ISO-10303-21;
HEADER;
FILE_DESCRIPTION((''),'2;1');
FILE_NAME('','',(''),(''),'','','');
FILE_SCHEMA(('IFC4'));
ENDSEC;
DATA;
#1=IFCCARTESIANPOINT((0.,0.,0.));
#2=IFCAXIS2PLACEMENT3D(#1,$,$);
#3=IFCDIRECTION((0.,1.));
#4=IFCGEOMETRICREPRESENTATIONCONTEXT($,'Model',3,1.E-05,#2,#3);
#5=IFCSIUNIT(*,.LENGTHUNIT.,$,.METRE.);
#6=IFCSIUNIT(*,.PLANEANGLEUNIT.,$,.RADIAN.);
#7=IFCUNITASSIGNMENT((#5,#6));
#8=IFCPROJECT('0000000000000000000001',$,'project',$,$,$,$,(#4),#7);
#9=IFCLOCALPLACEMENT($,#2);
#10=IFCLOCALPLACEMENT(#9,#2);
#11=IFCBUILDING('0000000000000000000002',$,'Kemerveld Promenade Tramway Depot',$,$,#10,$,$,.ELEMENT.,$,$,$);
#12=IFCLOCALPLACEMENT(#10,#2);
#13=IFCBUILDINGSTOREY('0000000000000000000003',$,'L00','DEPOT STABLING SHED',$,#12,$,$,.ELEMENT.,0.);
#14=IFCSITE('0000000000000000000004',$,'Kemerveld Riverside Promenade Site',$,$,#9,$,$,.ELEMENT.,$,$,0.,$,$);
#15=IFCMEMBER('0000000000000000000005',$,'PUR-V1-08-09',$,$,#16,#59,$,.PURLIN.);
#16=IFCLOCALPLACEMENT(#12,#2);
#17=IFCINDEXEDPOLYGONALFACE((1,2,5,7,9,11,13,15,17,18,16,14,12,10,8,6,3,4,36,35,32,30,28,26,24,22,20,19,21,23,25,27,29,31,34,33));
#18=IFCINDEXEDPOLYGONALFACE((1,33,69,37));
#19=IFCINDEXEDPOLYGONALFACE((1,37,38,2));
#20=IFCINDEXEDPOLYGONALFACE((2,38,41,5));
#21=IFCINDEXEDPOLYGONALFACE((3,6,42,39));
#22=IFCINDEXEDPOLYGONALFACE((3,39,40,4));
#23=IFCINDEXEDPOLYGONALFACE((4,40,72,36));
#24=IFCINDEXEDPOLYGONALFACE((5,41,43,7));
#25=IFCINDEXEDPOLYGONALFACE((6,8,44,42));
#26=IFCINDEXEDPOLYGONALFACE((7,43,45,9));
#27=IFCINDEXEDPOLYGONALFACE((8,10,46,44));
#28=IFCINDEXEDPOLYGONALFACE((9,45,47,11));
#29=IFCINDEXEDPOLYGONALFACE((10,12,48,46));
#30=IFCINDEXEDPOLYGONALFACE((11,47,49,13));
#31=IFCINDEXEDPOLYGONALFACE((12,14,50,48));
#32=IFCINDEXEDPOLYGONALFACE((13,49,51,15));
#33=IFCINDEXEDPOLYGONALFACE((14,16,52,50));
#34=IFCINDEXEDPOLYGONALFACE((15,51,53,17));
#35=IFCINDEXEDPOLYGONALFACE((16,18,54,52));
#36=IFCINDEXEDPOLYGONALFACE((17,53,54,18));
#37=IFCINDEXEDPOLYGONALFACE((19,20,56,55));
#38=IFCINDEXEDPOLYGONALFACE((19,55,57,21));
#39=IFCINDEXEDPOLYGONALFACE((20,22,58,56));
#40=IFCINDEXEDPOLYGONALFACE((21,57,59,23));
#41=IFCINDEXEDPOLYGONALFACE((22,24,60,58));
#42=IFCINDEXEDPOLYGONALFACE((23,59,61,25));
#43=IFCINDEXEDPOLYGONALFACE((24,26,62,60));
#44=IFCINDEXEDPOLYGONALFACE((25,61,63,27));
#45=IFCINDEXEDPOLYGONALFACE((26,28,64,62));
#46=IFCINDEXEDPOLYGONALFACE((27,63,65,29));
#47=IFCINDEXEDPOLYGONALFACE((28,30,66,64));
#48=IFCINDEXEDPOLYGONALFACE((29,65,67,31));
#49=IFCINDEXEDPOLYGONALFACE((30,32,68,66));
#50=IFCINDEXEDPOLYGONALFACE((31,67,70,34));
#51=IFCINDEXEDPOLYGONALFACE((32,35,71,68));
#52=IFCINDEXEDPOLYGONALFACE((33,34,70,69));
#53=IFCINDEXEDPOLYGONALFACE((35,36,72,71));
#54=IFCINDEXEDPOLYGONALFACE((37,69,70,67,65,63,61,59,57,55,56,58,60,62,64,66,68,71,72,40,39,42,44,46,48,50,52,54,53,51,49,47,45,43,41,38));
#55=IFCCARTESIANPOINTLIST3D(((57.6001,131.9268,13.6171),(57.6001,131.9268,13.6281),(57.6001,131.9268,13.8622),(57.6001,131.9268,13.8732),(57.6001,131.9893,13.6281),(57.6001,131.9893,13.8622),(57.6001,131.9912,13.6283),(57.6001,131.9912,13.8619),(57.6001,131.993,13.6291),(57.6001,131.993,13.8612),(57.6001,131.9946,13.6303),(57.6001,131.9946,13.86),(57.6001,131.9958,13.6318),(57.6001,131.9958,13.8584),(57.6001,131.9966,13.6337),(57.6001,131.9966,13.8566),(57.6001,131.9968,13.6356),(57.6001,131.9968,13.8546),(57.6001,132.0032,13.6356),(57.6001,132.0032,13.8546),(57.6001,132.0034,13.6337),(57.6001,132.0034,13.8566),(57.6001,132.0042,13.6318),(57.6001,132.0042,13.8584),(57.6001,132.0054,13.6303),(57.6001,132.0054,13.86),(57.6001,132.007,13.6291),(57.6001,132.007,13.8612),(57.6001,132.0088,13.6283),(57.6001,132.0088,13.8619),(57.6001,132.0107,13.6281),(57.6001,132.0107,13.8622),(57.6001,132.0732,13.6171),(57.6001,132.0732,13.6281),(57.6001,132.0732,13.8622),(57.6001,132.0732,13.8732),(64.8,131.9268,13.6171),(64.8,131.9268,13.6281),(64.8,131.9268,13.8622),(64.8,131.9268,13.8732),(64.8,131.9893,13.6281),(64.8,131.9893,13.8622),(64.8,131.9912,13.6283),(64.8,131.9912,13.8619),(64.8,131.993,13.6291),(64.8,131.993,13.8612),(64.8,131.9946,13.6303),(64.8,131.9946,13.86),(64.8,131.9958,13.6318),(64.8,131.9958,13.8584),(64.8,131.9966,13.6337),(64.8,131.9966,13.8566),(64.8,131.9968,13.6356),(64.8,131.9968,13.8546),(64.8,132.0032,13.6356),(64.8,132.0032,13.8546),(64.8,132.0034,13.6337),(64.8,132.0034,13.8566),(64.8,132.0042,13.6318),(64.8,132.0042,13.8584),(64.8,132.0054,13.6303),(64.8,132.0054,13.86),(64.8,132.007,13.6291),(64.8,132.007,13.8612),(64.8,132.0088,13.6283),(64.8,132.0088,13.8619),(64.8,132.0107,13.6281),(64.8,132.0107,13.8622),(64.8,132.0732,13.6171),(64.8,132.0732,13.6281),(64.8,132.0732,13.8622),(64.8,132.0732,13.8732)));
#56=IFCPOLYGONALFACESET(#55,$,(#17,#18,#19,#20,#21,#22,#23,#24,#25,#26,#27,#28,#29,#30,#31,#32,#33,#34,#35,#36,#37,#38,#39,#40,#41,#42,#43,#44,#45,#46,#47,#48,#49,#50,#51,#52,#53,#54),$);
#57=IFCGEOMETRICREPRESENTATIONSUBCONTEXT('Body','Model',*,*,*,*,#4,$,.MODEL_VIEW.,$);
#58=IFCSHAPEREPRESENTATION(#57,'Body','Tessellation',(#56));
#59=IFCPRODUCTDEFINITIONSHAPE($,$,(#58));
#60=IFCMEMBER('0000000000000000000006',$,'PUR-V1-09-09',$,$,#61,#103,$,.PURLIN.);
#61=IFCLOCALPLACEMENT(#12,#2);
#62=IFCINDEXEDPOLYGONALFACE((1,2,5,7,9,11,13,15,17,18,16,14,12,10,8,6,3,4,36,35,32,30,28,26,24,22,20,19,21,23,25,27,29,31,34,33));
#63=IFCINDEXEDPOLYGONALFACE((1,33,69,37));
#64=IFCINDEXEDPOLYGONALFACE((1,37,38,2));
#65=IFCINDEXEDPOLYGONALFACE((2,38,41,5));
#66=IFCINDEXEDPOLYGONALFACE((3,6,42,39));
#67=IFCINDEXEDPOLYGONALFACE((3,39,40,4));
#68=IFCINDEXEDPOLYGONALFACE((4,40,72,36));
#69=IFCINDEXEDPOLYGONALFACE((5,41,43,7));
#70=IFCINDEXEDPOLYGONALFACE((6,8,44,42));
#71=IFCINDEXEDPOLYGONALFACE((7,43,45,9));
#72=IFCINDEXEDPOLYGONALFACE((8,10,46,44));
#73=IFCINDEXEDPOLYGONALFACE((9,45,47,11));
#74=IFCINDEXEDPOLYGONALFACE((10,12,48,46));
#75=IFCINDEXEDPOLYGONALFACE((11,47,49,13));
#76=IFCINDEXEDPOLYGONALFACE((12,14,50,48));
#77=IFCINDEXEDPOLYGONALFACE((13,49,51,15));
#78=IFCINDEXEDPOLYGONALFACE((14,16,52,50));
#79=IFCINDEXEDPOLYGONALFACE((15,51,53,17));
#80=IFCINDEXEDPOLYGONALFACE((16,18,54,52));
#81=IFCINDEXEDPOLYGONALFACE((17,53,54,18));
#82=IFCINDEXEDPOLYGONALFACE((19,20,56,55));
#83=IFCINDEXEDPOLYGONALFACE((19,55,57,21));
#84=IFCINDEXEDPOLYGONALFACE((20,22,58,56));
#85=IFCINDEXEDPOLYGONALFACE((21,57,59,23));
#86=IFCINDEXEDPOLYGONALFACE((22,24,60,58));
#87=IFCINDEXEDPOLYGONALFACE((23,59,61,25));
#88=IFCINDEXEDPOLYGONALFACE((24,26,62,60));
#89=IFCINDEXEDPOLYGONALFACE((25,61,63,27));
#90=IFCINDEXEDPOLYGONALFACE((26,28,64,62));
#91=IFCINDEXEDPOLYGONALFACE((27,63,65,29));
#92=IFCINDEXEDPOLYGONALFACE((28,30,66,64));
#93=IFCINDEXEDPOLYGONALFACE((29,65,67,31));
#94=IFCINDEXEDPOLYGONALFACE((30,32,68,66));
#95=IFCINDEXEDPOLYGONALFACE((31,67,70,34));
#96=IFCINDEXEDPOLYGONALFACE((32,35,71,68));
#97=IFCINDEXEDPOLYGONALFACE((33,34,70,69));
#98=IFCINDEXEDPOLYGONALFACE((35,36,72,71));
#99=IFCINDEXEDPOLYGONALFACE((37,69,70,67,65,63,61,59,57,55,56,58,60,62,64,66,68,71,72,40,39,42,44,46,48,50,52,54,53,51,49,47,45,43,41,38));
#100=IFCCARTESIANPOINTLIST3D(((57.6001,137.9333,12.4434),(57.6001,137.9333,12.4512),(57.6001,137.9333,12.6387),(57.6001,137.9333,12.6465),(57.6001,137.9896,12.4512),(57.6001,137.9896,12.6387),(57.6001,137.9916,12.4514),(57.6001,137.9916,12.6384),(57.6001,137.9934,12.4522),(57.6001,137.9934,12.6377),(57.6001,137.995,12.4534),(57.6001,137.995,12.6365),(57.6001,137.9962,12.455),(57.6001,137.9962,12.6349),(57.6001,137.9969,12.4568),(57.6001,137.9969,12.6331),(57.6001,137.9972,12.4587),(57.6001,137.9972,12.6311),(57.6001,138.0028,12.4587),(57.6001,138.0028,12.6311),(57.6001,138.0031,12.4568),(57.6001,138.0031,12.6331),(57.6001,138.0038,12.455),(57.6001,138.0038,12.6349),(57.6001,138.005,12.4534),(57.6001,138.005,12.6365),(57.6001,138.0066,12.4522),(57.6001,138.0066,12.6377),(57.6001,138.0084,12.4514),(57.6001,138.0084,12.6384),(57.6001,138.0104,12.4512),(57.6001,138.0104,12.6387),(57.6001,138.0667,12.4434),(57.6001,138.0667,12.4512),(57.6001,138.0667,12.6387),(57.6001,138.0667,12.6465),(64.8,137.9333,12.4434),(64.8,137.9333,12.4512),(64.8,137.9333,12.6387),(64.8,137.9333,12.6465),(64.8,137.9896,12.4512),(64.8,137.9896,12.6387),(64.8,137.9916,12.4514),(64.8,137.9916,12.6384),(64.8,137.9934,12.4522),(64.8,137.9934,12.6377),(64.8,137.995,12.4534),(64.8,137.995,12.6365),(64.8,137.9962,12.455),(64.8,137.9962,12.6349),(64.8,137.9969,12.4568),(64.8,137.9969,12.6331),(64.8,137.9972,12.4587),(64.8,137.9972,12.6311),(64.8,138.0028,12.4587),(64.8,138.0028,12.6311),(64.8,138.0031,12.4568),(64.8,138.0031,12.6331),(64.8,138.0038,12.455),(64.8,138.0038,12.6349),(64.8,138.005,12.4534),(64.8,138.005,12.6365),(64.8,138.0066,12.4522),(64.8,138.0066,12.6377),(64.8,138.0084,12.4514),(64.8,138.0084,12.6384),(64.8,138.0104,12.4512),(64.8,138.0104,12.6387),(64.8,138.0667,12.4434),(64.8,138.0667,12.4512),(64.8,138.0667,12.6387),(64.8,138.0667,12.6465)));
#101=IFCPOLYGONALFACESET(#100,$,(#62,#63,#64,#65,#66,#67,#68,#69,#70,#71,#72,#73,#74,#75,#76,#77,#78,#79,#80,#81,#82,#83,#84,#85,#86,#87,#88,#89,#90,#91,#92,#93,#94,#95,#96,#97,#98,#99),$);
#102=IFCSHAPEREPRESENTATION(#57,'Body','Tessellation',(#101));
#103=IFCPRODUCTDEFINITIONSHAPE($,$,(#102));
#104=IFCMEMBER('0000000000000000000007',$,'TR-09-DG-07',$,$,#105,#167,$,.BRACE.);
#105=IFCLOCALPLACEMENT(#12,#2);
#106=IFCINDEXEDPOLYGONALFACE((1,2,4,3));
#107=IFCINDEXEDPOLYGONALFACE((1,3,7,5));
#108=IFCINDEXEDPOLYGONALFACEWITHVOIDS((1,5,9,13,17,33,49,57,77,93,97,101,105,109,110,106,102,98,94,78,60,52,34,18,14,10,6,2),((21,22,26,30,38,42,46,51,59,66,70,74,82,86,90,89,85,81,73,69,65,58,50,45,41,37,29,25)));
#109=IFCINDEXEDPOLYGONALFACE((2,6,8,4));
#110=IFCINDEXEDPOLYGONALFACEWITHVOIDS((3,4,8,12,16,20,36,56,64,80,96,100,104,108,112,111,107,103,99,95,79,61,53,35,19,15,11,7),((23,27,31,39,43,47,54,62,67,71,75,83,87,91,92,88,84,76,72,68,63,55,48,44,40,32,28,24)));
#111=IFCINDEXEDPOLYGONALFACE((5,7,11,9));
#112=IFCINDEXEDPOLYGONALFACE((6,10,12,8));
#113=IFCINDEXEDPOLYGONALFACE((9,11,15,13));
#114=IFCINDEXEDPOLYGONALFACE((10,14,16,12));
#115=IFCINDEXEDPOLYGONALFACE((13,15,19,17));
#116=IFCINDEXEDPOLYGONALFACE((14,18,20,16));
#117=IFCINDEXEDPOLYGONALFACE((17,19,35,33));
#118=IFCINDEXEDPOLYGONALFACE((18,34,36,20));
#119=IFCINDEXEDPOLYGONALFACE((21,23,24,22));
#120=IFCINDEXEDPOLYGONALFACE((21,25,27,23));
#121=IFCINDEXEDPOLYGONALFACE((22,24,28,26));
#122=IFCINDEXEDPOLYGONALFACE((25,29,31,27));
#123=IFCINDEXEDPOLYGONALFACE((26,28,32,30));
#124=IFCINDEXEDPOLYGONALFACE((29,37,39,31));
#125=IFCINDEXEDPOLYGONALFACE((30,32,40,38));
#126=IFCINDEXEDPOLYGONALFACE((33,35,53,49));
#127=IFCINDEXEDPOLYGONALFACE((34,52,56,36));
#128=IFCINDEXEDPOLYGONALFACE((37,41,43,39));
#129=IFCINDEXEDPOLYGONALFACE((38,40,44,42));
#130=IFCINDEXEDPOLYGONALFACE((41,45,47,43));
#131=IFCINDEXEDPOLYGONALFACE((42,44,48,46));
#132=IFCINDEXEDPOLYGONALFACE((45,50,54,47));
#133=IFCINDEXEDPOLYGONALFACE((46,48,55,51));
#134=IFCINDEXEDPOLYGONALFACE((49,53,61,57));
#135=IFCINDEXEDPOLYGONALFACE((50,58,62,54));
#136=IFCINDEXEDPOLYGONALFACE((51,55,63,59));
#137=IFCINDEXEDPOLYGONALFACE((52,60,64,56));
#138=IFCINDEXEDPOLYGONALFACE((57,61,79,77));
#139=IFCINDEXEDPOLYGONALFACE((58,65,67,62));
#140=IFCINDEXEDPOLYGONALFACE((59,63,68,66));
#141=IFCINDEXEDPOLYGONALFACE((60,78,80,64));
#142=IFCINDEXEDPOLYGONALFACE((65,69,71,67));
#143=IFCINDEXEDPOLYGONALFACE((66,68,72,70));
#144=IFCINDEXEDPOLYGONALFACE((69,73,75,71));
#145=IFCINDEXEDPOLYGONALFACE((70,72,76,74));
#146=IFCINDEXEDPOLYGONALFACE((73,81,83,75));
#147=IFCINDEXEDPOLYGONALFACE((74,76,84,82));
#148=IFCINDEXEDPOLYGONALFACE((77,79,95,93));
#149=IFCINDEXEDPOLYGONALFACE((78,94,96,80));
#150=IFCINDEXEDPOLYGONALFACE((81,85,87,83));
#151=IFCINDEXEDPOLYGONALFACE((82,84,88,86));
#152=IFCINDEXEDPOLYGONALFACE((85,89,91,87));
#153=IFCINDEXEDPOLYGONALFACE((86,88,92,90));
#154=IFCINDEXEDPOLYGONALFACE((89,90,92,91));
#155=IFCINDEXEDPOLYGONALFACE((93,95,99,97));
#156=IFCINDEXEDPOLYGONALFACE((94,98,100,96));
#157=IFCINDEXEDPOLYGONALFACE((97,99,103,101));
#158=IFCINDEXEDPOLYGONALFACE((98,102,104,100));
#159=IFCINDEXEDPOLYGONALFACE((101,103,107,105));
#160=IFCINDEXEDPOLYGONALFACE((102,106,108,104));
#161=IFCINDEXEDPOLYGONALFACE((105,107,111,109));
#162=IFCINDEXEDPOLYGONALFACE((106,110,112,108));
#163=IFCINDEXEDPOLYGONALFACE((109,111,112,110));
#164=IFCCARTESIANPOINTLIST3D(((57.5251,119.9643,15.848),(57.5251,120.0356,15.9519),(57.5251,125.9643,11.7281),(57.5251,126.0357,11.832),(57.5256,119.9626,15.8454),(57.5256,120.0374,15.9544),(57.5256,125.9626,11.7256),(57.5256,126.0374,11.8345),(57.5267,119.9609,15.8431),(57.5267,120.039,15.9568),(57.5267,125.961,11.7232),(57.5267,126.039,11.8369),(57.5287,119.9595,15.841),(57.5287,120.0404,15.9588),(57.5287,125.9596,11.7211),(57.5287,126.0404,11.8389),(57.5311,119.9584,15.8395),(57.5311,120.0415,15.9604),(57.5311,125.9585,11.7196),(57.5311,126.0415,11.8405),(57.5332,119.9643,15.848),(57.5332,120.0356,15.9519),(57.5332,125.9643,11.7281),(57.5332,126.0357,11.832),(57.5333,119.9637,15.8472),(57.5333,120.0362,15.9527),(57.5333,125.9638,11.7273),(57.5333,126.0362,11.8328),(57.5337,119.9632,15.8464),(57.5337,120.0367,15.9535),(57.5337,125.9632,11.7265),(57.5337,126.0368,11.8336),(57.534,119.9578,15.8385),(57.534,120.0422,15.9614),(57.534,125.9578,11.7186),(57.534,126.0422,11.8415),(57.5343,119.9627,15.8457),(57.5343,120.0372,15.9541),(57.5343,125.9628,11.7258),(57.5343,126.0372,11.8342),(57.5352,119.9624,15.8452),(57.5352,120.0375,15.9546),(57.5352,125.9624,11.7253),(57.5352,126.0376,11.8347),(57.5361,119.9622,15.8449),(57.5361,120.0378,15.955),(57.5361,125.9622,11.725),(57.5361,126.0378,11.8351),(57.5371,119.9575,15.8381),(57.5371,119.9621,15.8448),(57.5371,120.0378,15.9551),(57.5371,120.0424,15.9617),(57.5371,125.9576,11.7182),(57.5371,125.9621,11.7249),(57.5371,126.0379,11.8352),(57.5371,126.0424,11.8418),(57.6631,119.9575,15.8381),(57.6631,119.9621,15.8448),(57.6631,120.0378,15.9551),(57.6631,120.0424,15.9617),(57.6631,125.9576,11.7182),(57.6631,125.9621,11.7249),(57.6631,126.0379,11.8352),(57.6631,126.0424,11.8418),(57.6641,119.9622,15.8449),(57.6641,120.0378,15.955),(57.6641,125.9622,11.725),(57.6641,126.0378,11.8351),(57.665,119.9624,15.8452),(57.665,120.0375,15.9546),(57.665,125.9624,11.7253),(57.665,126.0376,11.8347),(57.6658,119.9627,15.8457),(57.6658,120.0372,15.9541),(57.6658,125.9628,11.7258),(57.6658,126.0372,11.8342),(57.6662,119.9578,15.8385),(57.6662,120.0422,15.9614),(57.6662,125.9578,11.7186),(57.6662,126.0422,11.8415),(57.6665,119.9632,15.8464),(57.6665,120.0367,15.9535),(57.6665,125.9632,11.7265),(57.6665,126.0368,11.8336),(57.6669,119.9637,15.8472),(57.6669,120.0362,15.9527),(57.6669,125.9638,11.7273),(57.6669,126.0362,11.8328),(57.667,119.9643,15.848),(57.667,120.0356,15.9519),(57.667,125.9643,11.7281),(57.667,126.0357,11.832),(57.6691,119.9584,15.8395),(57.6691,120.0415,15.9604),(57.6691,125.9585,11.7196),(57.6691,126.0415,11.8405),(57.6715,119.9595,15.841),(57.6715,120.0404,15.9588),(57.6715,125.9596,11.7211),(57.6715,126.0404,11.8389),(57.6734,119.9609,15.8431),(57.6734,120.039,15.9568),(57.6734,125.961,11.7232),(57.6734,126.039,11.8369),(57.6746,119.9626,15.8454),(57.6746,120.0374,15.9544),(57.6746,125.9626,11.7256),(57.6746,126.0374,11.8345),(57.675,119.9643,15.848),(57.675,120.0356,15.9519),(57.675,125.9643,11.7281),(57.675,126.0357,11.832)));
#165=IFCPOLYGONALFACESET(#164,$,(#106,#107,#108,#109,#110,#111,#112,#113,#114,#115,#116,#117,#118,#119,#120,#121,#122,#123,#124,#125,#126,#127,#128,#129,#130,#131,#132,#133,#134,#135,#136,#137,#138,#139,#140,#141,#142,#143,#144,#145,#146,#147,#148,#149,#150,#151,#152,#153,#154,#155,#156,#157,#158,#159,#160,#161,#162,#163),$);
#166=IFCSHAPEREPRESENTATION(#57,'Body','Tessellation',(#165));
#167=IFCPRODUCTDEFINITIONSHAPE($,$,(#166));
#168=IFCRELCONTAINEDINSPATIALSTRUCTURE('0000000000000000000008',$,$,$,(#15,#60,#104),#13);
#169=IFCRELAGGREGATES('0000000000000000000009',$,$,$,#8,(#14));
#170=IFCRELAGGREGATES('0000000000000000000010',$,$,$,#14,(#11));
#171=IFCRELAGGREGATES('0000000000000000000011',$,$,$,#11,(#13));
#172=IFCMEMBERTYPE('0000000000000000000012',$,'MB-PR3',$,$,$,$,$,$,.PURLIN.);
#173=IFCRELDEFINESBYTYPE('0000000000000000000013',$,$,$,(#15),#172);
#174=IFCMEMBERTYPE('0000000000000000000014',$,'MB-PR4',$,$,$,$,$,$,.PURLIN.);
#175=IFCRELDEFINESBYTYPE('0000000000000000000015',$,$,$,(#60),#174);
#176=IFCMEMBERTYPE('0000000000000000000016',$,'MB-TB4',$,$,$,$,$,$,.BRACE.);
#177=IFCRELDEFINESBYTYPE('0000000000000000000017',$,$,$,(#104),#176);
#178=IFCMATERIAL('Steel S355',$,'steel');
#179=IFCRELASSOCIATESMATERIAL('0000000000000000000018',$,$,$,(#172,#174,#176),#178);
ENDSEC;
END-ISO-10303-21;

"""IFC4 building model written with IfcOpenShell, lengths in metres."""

from ifc_helpers import new_model, si_unit, direction, frame, origin, origin_2d, place, context, subcontext, project, spatial, hollow_rectangle, i_section, extrude, material, material_profile, profile_set, type_object, element, save


model = new_model("IFC4")

# Units and contexts
model_context = context("Model", 3, precision=1e-05, world=origin(), true_north=direction((0.0, 1.0)))
body_context = subcontext(model_context, "Body", "Model", "MODEL_VIEW")
ifc_project = project(units=[si_unit("LENGTHUNIT", "METRE"), si_unit("PLANEANGLEUNIT", "RADIAN")], contexts=[model_context])

# Site, building, storey
site_placement = place(None, origin())
site = spatial("IfcSite", under=ifc_project, at=site_placement, Name="Kemerveld Riverside Promenade Site", CompositionType="ELEMENT", RefElevation=0.0)
building_placement = place(site_placement, origin())
building = spatial("IfcBuilding", under=site, at=building_placement, Name="Kemerveld Promenade Tramway Depot", CompositionType="ELEMENT")
storey_placement = place(building_placement, origin())
storey = spatial("IfcBuildingStorey", under=building, at=storey_placement, Name="L00", Description="DEPOT STABLING SHED", CompositionType="ELEMENT", Elevation=0.0)

# Members
ifc_material_1 = material(Name="Steel S355", Category="steel")
ifc_material_profile_1 = material_profile(ifc_material_1, i_section(OverallWidth=0.1465, OverallDepth=0.2561, WebThickness=0.0063, FlangeThickness=0.011, FilletRadius=0.0076, at=origin_2d()), Name="254x146x37 UB")
ifc_profile_set_1 = profile_set([ifc_material_profile_1], Name="Steel S355")
member_type_1 = type_object("IfcMemberType", Name="MB-PR3", PredefinedType="PURLIN", material=ifc_profile_set_1)
member_1_placement = place(storey_placement, frame((57.6001, 132.0, 13.7451), z_axis=(1.0, 0.0, 0.0), x_axis=(0.0, 1.0, 0.0)))
element("IfcMember", 1, at=member_1_placement, inside=storey, type_object=member_type_1, Name="PUR-V1-08-09", PredefinedType="PURLIN", context=body_context, shape_type="SweptSolid", body=[
    extrude(i_section(OverallWidth=0.1465, OverallDepth=0.2561, WebThickness=0.0063, FlangeThickness=0.011, FilletRadius=0.0076, at=origin_2d()), origin(), (0.0, 0.0, 1.0), 7.2),
])
ifc_material_profile_2 = material_profile(ifc_material_1, i_section(OverallWidth=0.1333, OverallDepth=0.2031, WebThickness=0.0056, FlangeThickness=0.0078, FilletRadius=0.0076, at=origin_2d()), Name="203x133x25 UB")
ifc_profile_set_2 = profile_set([ifc_material_profile_2], Name="Steel S355")
member_type_2 = type_object("IfcMemberType", Name="MB-PR4", PredefinedType="PURLIN", material=ifc_profile_set_2)
member_2_placement = place(storey_placement, frame((57.6001, 138.0, 12.5449), z_axis=(1.0, 0.0, 0.0), x_axis=(0.0, 1.0, 0.0)))
element("IfcMember", 2, at=member_2_placement, inside=storey, type_object=member_type_2, Name="PUR-V1-09-09", PredefinedType="PURLIN", context=body_context, shape_type="SweptSolid", body=[
    extrude(i_section(OverallWidth=0.1333, OverallDepth=0.2031, WebThickness=0.0056, FlangeThickness=0.0078, FilletRadius=0.0076, at=origin_2d()), origin(), (0.0, 0.0, 1.0), 7.2),
])
ifc_material_profile_3 = material_profile(ifc_material_1, hollow_rectangle(XDim=0.1499, YDim=0.1499, WallThickness=0.0081, InnerFilletRadius=0.0039, OuterFilletRadius=0.012, at=origin_2d()), Name="150x150x8.0 SHS")
ifc_profile_set_3 = profile_set([ifc_material_profile_3], Name="Steel S355")
member_type_3 = type_object("IfcMemberType", Name="MB-TB4", PredefinedType="BRACE", material=ifc_profile_set_3)
member_3_placement = place(storey_placement, frame((57.6001, 126.0, 11.78), z_axis=(0.0, -0.824371, 0.56605), x_axis=(1.0, 0.0, 0.0)))
element("IfcMember", 3, at=member_3_placement, inside=storey, type_object=member_type_3, Name="TR-09-DG-07", PredefinedType="BRACE", context=body_context, shape_type="SweptSolid", body=[
    extrude(hollow_rectangle(XDim=0.1499, YDim=0.1499, WallThickness=0.0081, InnerFilletRadius=0.0039, OuterFilletRadius=0.012, at=origin_2d()), origin(), (0.0, 0.0, 1.0), 7.2783),
])

save(model, "model.ifc")
